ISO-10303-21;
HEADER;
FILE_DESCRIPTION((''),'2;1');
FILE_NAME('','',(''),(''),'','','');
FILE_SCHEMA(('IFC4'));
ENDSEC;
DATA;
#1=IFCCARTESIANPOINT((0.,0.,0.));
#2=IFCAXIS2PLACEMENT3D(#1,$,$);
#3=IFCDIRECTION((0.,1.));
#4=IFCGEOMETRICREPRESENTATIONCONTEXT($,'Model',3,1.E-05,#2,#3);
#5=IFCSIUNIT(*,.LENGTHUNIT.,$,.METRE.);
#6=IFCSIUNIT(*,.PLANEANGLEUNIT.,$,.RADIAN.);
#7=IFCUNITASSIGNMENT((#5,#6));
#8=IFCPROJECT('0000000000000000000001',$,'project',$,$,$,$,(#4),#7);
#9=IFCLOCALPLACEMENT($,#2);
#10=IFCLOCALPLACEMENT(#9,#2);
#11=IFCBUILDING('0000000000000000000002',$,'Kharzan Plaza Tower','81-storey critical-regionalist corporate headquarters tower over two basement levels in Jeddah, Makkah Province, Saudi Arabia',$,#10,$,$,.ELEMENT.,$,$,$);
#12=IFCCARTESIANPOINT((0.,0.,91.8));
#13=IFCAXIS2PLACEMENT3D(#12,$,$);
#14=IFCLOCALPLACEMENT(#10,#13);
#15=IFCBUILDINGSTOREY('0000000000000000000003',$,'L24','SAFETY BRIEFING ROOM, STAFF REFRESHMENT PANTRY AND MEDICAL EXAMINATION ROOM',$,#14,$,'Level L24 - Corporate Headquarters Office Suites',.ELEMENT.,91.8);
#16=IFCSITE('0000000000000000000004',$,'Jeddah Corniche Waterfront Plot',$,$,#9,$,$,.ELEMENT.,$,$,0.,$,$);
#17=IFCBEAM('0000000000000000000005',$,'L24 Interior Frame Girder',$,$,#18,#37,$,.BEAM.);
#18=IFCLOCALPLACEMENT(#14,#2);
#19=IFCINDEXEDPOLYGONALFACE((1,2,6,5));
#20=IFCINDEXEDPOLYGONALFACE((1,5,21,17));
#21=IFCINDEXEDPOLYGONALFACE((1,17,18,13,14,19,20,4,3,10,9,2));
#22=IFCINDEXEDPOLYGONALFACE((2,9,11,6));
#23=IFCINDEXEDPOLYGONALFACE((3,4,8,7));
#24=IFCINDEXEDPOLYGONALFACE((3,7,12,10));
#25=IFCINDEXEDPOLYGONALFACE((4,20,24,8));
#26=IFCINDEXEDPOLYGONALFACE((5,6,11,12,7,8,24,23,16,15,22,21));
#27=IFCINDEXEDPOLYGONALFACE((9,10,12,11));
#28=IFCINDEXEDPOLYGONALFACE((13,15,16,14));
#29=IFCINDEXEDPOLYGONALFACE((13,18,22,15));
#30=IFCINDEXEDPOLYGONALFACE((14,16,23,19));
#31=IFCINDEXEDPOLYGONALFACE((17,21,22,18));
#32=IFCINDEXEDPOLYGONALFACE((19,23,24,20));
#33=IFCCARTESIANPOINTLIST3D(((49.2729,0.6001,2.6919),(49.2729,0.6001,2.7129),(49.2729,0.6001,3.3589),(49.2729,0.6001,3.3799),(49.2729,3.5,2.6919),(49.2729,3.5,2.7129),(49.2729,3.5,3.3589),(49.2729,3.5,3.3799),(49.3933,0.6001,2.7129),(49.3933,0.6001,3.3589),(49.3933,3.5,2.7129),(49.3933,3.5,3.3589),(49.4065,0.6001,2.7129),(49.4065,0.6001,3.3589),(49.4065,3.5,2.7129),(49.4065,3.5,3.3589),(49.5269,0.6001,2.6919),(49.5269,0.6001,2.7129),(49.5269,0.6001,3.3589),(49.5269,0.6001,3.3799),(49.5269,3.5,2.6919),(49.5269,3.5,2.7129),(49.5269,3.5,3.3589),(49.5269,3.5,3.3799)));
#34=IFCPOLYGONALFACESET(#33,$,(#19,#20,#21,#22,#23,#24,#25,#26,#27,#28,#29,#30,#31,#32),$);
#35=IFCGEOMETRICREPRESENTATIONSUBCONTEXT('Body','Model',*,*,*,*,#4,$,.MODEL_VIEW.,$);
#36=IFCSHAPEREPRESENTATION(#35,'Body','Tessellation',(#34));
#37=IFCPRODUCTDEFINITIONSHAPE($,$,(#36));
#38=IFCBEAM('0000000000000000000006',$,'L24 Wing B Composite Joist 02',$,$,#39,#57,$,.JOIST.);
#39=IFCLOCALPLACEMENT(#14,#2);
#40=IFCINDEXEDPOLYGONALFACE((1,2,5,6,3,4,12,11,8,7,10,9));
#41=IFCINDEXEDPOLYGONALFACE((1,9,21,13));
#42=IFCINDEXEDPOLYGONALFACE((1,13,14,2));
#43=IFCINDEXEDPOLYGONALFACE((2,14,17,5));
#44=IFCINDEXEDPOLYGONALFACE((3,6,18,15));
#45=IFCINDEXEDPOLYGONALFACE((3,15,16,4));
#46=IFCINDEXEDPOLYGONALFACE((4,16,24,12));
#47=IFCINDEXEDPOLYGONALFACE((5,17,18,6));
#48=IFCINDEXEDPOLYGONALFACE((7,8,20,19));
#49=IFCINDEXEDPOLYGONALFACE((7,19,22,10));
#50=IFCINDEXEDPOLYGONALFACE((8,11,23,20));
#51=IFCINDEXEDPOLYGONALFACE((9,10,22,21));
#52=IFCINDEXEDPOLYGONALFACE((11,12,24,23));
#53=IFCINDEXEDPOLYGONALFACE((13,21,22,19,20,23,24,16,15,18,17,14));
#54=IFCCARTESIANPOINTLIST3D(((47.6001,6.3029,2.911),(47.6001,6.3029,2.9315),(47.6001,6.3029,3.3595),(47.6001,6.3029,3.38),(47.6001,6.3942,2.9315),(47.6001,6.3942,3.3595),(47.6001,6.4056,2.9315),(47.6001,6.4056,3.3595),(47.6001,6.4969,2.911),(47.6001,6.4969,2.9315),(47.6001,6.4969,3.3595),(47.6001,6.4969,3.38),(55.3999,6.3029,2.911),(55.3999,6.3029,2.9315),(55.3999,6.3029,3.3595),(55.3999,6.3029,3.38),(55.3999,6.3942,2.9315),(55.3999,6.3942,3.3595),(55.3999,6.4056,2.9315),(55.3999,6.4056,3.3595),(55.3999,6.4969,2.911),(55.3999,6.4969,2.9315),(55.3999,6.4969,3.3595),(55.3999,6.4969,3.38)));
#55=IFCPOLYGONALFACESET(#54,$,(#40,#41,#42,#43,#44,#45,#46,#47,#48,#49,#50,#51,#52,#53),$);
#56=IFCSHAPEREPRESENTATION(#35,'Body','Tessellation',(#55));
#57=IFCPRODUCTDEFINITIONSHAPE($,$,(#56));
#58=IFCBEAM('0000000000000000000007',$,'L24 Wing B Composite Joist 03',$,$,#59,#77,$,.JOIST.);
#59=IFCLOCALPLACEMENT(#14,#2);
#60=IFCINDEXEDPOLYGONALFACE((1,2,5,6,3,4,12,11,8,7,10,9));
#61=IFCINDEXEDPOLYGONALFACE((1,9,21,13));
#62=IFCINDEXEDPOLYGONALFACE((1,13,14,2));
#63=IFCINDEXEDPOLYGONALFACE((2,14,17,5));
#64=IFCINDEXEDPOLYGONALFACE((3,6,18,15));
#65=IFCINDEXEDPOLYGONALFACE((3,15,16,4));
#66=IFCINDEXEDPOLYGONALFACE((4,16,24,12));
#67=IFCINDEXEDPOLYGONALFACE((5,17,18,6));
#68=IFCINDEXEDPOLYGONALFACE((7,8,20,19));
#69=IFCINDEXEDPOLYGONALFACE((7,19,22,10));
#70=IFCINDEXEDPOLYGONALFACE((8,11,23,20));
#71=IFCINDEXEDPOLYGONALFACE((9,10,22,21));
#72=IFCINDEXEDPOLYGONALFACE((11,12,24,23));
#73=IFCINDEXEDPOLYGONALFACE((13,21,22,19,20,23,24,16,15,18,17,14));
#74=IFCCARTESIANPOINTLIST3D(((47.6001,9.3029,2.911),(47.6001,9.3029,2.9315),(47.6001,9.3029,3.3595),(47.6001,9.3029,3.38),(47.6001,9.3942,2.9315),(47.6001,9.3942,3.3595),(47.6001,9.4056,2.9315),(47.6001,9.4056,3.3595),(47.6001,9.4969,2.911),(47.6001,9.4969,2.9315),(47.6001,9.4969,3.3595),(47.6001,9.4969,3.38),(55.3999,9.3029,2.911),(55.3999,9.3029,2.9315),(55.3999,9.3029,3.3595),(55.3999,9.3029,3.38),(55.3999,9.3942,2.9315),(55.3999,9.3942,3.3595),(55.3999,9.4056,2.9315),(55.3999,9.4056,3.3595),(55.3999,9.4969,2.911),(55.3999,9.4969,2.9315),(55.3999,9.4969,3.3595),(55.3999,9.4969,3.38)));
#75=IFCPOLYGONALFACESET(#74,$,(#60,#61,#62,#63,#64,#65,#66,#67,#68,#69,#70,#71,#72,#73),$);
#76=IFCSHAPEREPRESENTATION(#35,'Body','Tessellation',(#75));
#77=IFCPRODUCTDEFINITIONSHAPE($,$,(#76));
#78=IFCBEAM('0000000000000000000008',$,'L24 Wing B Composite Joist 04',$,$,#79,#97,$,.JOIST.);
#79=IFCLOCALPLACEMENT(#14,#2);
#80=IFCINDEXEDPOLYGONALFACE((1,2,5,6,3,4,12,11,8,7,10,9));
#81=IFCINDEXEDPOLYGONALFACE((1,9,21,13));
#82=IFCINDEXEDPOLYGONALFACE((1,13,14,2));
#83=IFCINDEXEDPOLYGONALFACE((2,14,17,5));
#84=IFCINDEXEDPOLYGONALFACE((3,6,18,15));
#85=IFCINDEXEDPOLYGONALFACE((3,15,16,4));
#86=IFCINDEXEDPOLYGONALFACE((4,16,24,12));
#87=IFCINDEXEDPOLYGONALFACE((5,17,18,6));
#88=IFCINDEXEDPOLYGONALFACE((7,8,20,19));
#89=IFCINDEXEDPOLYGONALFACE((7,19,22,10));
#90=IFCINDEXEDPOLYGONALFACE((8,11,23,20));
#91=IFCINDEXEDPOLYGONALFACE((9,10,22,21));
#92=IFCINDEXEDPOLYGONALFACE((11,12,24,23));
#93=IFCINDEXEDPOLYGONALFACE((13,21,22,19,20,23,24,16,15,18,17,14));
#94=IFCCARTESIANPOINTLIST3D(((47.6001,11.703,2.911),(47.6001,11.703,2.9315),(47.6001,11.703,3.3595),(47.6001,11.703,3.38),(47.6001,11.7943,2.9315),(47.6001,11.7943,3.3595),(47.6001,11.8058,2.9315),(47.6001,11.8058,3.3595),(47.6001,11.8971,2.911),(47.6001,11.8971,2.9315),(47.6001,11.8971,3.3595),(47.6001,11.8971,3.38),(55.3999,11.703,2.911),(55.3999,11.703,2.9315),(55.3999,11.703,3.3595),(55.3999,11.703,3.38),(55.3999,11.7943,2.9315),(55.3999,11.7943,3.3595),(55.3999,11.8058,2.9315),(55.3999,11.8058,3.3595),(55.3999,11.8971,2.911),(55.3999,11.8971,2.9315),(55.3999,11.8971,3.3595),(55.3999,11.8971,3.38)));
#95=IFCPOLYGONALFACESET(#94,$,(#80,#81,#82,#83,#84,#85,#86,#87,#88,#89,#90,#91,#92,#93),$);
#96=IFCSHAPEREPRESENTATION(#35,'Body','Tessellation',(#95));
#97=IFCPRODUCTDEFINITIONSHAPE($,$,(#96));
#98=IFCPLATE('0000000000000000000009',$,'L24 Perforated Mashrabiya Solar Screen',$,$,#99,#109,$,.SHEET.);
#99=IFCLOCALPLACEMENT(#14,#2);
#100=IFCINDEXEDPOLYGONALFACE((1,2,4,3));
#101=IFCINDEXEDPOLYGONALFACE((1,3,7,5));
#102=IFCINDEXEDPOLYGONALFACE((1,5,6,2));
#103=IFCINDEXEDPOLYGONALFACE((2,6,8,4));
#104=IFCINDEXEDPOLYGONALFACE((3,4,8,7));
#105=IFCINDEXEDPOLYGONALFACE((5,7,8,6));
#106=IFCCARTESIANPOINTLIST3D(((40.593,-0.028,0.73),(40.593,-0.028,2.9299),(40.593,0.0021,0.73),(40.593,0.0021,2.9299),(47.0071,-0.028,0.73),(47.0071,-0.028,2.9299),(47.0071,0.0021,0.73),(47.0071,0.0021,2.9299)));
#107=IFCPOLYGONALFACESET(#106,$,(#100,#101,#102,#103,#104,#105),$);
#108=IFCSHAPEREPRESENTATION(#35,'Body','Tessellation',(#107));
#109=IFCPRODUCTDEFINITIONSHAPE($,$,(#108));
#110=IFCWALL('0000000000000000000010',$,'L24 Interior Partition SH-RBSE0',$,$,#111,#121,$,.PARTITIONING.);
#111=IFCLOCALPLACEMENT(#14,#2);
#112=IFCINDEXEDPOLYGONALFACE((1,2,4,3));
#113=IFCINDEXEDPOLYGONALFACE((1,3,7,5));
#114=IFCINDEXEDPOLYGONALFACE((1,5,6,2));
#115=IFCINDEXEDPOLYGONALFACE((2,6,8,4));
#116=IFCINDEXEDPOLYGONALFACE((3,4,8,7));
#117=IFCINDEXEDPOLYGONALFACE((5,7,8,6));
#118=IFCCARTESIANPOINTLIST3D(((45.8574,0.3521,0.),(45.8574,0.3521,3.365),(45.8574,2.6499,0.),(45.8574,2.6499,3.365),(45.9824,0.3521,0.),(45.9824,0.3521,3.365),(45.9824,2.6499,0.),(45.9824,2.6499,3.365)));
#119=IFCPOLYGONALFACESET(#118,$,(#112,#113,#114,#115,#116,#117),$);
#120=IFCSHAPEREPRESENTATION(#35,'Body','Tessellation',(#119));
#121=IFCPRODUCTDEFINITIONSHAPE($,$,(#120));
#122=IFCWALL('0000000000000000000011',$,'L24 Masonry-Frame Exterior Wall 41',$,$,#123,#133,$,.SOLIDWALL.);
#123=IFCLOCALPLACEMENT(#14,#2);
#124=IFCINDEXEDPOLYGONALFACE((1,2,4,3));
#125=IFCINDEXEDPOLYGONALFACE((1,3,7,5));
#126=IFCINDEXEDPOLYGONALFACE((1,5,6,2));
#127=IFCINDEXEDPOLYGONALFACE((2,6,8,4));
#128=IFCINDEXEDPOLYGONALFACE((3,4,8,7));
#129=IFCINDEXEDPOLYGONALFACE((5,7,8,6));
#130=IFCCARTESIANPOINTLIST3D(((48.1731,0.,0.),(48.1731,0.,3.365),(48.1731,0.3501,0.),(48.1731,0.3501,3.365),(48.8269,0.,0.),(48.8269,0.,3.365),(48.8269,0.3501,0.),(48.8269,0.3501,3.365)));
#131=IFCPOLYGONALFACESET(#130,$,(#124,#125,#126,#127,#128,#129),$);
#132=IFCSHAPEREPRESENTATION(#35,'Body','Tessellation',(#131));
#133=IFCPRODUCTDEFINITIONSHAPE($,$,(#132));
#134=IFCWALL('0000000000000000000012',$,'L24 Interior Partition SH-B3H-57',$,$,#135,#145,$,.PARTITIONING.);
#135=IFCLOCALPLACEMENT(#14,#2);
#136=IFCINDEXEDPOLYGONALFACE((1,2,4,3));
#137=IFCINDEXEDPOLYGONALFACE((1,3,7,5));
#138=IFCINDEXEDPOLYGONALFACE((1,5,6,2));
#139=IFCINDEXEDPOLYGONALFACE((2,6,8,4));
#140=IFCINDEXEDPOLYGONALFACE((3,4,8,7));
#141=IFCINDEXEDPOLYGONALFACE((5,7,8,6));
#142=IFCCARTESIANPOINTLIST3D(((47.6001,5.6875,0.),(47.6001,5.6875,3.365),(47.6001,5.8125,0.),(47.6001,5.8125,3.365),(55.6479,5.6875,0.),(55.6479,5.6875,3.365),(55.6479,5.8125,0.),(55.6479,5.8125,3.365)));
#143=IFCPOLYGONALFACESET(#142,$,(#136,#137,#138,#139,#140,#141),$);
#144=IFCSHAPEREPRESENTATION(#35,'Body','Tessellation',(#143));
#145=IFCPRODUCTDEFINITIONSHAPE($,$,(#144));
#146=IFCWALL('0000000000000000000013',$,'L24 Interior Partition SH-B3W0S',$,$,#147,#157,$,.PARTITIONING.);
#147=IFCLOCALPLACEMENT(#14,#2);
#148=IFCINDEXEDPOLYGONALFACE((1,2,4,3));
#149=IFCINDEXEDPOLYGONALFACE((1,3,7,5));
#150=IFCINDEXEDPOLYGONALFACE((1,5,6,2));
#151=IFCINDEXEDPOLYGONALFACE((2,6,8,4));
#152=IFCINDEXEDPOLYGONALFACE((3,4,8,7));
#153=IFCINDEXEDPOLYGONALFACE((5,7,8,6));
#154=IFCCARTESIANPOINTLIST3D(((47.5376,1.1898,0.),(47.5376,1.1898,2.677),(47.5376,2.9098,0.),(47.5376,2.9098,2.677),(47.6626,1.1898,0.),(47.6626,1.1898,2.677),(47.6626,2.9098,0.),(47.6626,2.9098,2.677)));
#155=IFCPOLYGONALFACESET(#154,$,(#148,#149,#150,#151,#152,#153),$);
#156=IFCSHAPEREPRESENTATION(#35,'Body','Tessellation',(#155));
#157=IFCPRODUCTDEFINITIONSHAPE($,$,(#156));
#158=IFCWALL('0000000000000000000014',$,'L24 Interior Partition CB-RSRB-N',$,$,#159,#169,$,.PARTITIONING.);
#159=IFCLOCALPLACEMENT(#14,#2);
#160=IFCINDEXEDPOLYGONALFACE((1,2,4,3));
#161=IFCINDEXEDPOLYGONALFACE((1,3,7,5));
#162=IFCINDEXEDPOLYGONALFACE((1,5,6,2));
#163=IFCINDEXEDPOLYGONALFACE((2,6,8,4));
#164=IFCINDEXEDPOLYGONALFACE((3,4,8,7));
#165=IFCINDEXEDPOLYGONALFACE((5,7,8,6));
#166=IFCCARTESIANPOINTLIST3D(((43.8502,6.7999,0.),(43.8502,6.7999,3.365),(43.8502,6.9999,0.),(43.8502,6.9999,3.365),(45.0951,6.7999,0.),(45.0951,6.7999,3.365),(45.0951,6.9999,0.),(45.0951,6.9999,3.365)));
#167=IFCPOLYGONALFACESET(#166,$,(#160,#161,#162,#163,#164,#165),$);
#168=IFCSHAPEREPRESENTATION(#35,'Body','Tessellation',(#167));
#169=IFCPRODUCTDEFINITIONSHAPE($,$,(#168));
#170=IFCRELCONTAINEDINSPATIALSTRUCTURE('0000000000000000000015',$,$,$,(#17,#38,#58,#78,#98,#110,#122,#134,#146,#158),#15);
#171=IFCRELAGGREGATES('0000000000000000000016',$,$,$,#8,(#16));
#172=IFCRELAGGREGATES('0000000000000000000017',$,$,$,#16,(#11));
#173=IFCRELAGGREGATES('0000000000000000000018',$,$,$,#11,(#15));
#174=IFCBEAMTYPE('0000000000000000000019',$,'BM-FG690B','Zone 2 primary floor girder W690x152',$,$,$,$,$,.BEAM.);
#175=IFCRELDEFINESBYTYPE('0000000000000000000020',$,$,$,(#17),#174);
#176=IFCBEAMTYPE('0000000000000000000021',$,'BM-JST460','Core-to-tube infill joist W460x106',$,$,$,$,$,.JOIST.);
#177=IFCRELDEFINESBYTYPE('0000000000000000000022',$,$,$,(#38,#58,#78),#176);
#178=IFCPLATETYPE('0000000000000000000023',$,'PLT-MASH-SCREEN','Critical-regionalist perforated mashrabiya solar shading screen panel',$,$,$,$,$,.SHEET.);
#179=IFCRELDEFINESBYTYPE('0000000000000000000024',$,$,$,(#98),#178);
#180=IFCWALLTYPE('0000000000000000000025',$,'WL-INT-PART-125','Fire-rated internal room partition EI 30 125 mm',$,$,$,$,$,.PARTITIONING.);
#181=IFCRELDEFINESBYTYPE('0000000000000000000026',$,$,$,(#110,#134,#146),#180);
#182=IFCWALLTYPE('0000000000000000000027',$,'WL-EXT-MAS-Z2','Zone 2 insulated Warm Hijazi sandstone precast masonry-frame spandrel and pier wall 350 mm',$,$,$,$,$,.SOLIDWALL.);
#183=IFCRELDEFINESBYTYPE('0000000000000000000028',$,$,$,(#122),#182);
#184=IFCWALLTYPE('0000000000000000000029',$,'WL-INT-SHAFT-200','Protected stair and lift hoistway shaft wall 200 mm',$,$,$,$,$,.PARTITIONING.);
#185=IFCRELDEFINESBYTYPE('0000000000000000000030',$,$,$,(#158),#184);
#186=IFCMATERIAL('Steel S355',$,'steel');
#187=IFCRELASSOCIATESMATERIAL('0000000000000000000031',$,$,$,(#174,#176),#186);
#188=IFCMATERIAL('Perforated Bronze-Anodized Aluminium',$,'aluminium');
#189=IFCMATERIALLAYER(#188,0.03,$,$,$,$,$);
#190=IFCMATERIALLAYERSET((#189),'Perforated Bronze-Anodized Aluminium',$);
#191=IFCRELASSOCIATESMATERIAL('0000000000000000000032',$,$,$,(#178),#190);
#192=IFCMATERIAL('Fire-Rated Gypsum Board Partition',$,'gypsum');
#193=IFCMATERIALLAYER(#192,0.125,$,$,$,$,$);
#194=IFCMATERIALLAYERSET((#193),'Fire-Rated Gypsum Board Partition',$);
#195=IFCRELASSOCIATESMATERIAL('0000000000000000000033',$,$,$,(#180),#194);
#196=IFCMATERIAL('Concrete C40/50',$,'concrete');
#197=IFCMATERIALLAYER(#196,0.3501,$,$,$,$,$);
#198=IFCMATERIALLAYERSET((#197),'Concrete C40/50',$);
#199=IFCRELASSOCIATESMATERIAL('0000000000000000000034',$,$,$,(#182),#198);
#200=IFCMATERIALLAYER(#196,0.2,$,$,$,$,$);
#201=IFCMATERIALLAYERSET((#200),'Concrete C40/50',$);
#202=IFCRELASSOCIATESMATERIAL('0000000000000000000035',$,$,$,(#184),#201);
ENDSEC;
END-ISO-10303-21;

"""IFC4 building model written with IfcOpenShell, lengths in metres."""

from ifc_helpers import new_model, si_unit, direction, frame, frame_2d, origin, origin_2d, place, context, subcontext, project, spatial, rectangle, i_section, extrude, source, transform, mapped, material, layer, layer_set, material_profile, profile_set, type_object, element, save


model = new_model("IFC4")

# Units and contexts
model_context = context("Model", 3, precision=1e-05, world=origin(), true_north=direction((0.0, 1.0)))
body_context = subcontext(model_context, "Body", "Model", "MODEL_VIEW")
ifc_project = project(units=[si_unit("LENGTHUNIT", "METRE"), si_unit("PLANEANGLEUNIT", "RADIAN")], contexts=[model_context])

# Site, building, storey
site_placement = place(None, origin())
site = spatial("IfcSite", under=ifc_project, at=site_placement, Name="Jeddah Corniche Waterfront Plot", CompositionType="ELEMENT", RefElevation=0.0)
building_placement = place(site_placement, origin())
building = spatial("IfcBuilding", under=site, at=building_placement, Name="Kharzan Plaza Tower", Description="81-storey critical-regionalist corporate headquarters tower over two basement levels in Jeddah, Makkah Province, Saudi Arabia", CompositionType="ELEMENT")
storey_placement = place(building_placement, frame((0.0, 0.0, 91.8)))
storey = spatial("IfcBuildingStorey", under=building, at=storey_placement, Name="L24", Description="SAFETY BRIEFING ROOM, STAFF REFRESHMENT PANTRY AND MEDICAL EXAMINATION ROOM", LongName="Level L24 - Corporate Headquarters Office Suites", CompositionType="ELEMENT", Elevation=91.8)

# Beams
ifc_material_1 = material(Name="Steel S355", Category="steel")
ifc_material_profile_1 = material_profile(ifc_material_1, i_section(OverallWidth=0.2539, OverallDepth=0.688, WebThickness=0.0132, FlangeThickness=0.021, at=origin_2d()), Name="W690x152")
ifc_profile_set_1 = profile_set([ifc_material_profile_1], Name="Steel S355")
beam_type_1 = type_object("IfcBeamType", Name="BM-FG690B", Description="Zone 2 primary floor girder W690x152", PredefinedType="BEAM", material=ifc_profile_set_1)
shared_shape_1 = source(origin(), body_context, "Body", "SweptSolid", [
    extrude(i_section(OverallWidth=0.2539, OverallDepth=0.688, WebThickness=0.0132, FlangeThickness=0.021, at=origin_2d()), origin(), (0.0, 0.0, 1.0), 2.8999),
])
for number, where, z_axis, x_axis, name in (
    (1, (49.3999, 0.6001, 3.0359), (0.0, 1.0, 0.0), (-1.0, 0.0, 0.0), "L24 Interior Frame Girder"),
):
    element("IfcBeam", number, at=place(storey_placement, frame(where, z_axis=z_axis, x_axis=x_axis)), inside=storey, type_object=beam_type_1, Name=name, PredefinedType="BEAM", context=body_context, shape_type="MappedRepresentation", body=[
        mapped(shared_shape_1, transform((0.0, 0.0, 0.0), x_axis=(1.0, 0.0, 0.0), y_axis=(0.0, 1.0, 0.0), z_axis=(0.0, 0.0, 1.0))),
    ])
ifc_material_profile_2 = material_profile(ifc_material_1, i_section(OverallWidth=0.1941, OverallDepth=0.469, WebThickness=0.0115, FlangeThickness=0.0205, at=origin_2d()), Name="W460x106")
ifc_profile_set_2 = profile_set([ifc_material_profile_2], Name="Steel S355")
beam_type_2 = type_object("IfcBeamType", Name="BM-JST460", Description="Core-to-tube infill joist W460x106", PredefinedType="JOIST", material=ifc_profile_set_2)
shared_shape_2 = source(origin(), body_context, "Body", "SweptSolid", [
    extrude(i_section(OverallWidth=0.1941, OverallDepth=0.469, WebThickness=0.0115, FlangeThickness=0.0205, at=origin_2d()), origin(), (0.0, 0.0, 1.0), 7.7998),
])
for number, where, z_axis, x_axis, name in (
    (2, (47.6001, 6.3999, 3.1455), (1.0, 0.0, 0.0), (0.0, 1.0, 0.0), "L24 Wing B Composite Joist 02"),
    (3, (47.6001, 9.3999, 3.1455), (1.0, 0.0, 0.0), (0.0, 1.0, 0.0), "L24 Wing B Composite Joist 03"),
    (4, (47.6001, 11.8, 3.1455), (1.0, 0.0, 0.0), (0.0, 1.0, 0.0), "L24 Wing B Composite Joist 04"),
):
    element("IfcBeam", number, at=place(storey_placement, frame(where, z_axis=z_axis, x_axis=x_axis)), inside=storey, type_object=beam_type_2, Name=name, PredefinedType="JOIST", context=body_context, shape_type="MappedRepresentation", body=[
        mapped(shared_shape_2, transform((0.0, 0.0, 0.0), x_axis=(1.0, 0.0, 0.0), y_axis=(0.0, 1.0, 0.0), z_axis=(0.0, 0.0, 1.0))),
    ])

# Plate
ifc_material_2 = material(Name="Perforated Bronze-Anodized Aluminium", Category="aluminium")
ifc_layer_1 = layer(ifc_material_2, 0.03)
ifc_layer_set_1 = layer_set([ifc_layer_1], Name="Perforated Bronze-Anodized Aluminium")
plate_type = type_object("IfcPlateType", Name="PLT-MASH-SCREEN", Description="Critical-regionalist perforated mashrabiya solar shading screen panel", PredefinedType="SHEET", material=ifc_layer_set_1)
shared_shape_3 = source(origin(), body_context, "Body", "SweptSolid", [
    extrude(rectangle(XDim=6.4141, YDim=0.03, at=origin_2d()), origin(), (0.0, 0.0, 1.0), 2.2),
])
plate_placement = place(storey_placement, frame((43.8, -0.0129, 0.73), z_axis=(0.0, 0.0, 1.0), x_axis=(1.0, 0.0, 0.0)))
element("IfcPlate", 5, at=plate_placement, inside=storey, type_object=plate_type, Name="L24 Perforated Mashrabiya Solar Screen", PredefinedType="SHEET", context=body_context, shape_type="MappedRepresentation", body=[
    mapped(shared_shape_3, transform((0.0, 0.0, 0.0), x_axis=(1.0, 0.0, 0.0), y_axis=(0.0, 1.0, 0.0), z_axis=(0.0, 0.0, 1.0))),
])

# Shared definitions
ifc_material_3 = material(Name="Fire-Rated Gypsum Board Partition", Category="gypsum")
ifc_layer_2 = layer(ifc_material_3, 0.125)
ifc_layer_set_2 = layer_set([ifc_layer_2], Name="Fire-Rated Gypsum Board Partition")
wall_type_1 = type_object("IfcWallType", Name="WL-INT-PART-125", Description="Fire-rated internal room partition EI 30 125 mm", PredefinedType="PARTITIONING", material=ifc_layer_set_2)

# Walls
shared_shape_4 = source(origin(), body_context, "Body", "SweptSolid", [
    extrude(rectangle(XDim=2.2979, YDim=0.125, at=frame_2d((1.1489, 0.0))), origin(), (0.0, 0.0, 1.0), 3.365),
])
wall_1_placement = place(storey_placement, frame((45.9199, 0.3521, 0.0), z_axis=(0.0, 0.0, 1.0), x_axis=(0.0, 1.0, 0.0)))
element("IfcWall", 6, at=wall_1_placement, inside=storey, type_object=wall_type_1, Name="L24 Interior Partition SH-RBSE0", PredefinedType="PARTITIONING", context=body_context, shape_type="MappedRepresentation", body=[
    mapped(shared_shape_4, transform((0.0, 0.0, 0.0), x_axis=(1.0, 0.0, 0.0), y_axis=(0.0, 1.0, 0.0), z_axis=(0.0, 0.0, 1.0))),
])
ifc_material_4 = material(Name="Concrete C40/50", Category="concrete")
ifc_layer_3 = layer(ifc_material_4, 0.3501)
ifc_layer_set_3 = layer_set([ifc_layer_3], Name="Concrete C40/50")
wall_type_2 = type_object("IfcWallType", Name="WL-EXT-MAS-Z2", Description="Zone 2 insulated Warm Hijazi sandstone precast masonry-frame spandrel and pier wall 350 mm", PredefinedType="SOLIDWALL", material=ifc_layer_set_3)
shared_shape_5 = source(origin(), body_context, "Body", "SweptSolid", [
    extrude(rectangle(XDim=0.6538, YDim=0.3501, at=frame_2d((0.3269, 0.0))), origin(), (0.0, 0.0, 1.0), 3.365),
])
wall_2_placement = place(storey_placement, frame((48.1731, 0.175, 0.0), z_axis=(0.0, 0.0, 1.0), x_axis=(1.0, 0.0, 0.0)))
element("IfcWall", 7, at=wall_2_placement, inside=storey, type_object=wall_type_2, Name="L24 Masonry-Frame Exterior Wall 41", PredefinedType="SOLIDWALL", context=body_context, shape_type="MappedRepresentation", body=[
    mapped(shared_shape_5, transform((0.0, 0.0, 0.0), x_axis=(1.0, 0.0, 0.0), y_axis=(0.0, 1.0, 0.0), z_axis=(0.0, 0.0, 1.0))),
])
shared_shape_6 = source(origin(), body_context, "Body", "SweptSolid", [
    extrude(rectangle(XDim=8.0479, YDim=0.125, at=frame_2d((4.0239, 0.0))), origin(), (0.0, 0.0, 1.0), 3.365),
])
wall_3_placement = place(storey_placement, frame((47.6001, 5.75, 0.0), z_axis=(0.0, 0.0, 1.0), x_axis=(1.0, 0.0, 0.0)))
element("IfcWall", 8, at=wall_3_placement, inside=storey, type_object=wall_type_1, Name="L24 Interior Partition SH-B3H-57", PredefinedType="PARTITIONING", context=body_context, shape_type="MappedRepresentation", body=[
    mapped(shared_shape_6, transform((0.0, 0.0, 0.0), x_axis=(1.0, 0.0, 0.0), y_axis=(0.0, 1.0, 0.0), z_axis=(0.0, 0.0, 1.0))),
])
shared_shape_7 = source(origin(), body_context, "Body", "SweptSolid", [
    extrude(rectangle(XDim=1.72, YDim=0.125, at=frame_2d((0.8599, 0.0))), origin(), (0.0, 0.0, 1.0), 2.677),
])
wall_4_placement = place(storey_placement, frame((47.6001, 1.1899, 0.0), z_axis=(0.0, 0.0, 1.0), x_axis=(0.0, 1.0, 0.0)))
element("IfcWall", 9, at=wall_4_placement, inside=storey, type_object=wall_type_1, Name="L24 Interior Partition SH-B3W0S", PredefinedType="PARTITIONING", context=body_context, shape_type="MappedRepresentation", body=[
    mapped(shared_shape_7, transform((0.0, 0.0, 0.0), x_axis=(1.0, 0.0, 0.0), y_axis=(0.0, 1.0, 0.0), z_axis=(0.0, 0.0, 1.0))),
])
ifc_layer_4 = layer(ifc_material_4, 0.2)
ifc_layer_set_4 = layer_set([ifc_layer_4], Name="Concrete C40/50")
wall_type_3 = type_object("IfcWallType", Name="WL-INT-SHAFT-200", Description="Protected stair and lift hoistway shaft wall 200 mm", PredefinedType="PARTITIONING", material=ifc_layer_set_4)
shared_shape_8 = source(origin(), body_context, "Body", "SweptSolid", [
    extrude(rectangle(XDim=1.2449, YDim=0.2, at=frame_2d((0.6226, 0.0))), origin(), (0.0, 0.0, 1.0), 3.365),
])
wall_5_placement = place(storey_placement, frame((43.8501, 6.8999, 0.0), z_axis=(0.0, 0.0, 1.0), x_axis=(1.0, 0.0, 0.0)))
element("IfcWall", 10, at=wall_5_placement, inside=storey, type_object=wall_type_3, Name="L24 Interior Partition CB-RSRB-N", PredefinedType="PARTITIONING", context=body_context, shape_type="MappedRepresentation", body=[
    mapped(shared_shape_8, transform((0.0, 0.0, 0.0), x_axis=(1.0, 0.0, 0.0), y_axis=(0.0, 1.0, 0.0), z_axis=(0.0, 0.0, 1.0))),
])

save(model, "model.ifc")
